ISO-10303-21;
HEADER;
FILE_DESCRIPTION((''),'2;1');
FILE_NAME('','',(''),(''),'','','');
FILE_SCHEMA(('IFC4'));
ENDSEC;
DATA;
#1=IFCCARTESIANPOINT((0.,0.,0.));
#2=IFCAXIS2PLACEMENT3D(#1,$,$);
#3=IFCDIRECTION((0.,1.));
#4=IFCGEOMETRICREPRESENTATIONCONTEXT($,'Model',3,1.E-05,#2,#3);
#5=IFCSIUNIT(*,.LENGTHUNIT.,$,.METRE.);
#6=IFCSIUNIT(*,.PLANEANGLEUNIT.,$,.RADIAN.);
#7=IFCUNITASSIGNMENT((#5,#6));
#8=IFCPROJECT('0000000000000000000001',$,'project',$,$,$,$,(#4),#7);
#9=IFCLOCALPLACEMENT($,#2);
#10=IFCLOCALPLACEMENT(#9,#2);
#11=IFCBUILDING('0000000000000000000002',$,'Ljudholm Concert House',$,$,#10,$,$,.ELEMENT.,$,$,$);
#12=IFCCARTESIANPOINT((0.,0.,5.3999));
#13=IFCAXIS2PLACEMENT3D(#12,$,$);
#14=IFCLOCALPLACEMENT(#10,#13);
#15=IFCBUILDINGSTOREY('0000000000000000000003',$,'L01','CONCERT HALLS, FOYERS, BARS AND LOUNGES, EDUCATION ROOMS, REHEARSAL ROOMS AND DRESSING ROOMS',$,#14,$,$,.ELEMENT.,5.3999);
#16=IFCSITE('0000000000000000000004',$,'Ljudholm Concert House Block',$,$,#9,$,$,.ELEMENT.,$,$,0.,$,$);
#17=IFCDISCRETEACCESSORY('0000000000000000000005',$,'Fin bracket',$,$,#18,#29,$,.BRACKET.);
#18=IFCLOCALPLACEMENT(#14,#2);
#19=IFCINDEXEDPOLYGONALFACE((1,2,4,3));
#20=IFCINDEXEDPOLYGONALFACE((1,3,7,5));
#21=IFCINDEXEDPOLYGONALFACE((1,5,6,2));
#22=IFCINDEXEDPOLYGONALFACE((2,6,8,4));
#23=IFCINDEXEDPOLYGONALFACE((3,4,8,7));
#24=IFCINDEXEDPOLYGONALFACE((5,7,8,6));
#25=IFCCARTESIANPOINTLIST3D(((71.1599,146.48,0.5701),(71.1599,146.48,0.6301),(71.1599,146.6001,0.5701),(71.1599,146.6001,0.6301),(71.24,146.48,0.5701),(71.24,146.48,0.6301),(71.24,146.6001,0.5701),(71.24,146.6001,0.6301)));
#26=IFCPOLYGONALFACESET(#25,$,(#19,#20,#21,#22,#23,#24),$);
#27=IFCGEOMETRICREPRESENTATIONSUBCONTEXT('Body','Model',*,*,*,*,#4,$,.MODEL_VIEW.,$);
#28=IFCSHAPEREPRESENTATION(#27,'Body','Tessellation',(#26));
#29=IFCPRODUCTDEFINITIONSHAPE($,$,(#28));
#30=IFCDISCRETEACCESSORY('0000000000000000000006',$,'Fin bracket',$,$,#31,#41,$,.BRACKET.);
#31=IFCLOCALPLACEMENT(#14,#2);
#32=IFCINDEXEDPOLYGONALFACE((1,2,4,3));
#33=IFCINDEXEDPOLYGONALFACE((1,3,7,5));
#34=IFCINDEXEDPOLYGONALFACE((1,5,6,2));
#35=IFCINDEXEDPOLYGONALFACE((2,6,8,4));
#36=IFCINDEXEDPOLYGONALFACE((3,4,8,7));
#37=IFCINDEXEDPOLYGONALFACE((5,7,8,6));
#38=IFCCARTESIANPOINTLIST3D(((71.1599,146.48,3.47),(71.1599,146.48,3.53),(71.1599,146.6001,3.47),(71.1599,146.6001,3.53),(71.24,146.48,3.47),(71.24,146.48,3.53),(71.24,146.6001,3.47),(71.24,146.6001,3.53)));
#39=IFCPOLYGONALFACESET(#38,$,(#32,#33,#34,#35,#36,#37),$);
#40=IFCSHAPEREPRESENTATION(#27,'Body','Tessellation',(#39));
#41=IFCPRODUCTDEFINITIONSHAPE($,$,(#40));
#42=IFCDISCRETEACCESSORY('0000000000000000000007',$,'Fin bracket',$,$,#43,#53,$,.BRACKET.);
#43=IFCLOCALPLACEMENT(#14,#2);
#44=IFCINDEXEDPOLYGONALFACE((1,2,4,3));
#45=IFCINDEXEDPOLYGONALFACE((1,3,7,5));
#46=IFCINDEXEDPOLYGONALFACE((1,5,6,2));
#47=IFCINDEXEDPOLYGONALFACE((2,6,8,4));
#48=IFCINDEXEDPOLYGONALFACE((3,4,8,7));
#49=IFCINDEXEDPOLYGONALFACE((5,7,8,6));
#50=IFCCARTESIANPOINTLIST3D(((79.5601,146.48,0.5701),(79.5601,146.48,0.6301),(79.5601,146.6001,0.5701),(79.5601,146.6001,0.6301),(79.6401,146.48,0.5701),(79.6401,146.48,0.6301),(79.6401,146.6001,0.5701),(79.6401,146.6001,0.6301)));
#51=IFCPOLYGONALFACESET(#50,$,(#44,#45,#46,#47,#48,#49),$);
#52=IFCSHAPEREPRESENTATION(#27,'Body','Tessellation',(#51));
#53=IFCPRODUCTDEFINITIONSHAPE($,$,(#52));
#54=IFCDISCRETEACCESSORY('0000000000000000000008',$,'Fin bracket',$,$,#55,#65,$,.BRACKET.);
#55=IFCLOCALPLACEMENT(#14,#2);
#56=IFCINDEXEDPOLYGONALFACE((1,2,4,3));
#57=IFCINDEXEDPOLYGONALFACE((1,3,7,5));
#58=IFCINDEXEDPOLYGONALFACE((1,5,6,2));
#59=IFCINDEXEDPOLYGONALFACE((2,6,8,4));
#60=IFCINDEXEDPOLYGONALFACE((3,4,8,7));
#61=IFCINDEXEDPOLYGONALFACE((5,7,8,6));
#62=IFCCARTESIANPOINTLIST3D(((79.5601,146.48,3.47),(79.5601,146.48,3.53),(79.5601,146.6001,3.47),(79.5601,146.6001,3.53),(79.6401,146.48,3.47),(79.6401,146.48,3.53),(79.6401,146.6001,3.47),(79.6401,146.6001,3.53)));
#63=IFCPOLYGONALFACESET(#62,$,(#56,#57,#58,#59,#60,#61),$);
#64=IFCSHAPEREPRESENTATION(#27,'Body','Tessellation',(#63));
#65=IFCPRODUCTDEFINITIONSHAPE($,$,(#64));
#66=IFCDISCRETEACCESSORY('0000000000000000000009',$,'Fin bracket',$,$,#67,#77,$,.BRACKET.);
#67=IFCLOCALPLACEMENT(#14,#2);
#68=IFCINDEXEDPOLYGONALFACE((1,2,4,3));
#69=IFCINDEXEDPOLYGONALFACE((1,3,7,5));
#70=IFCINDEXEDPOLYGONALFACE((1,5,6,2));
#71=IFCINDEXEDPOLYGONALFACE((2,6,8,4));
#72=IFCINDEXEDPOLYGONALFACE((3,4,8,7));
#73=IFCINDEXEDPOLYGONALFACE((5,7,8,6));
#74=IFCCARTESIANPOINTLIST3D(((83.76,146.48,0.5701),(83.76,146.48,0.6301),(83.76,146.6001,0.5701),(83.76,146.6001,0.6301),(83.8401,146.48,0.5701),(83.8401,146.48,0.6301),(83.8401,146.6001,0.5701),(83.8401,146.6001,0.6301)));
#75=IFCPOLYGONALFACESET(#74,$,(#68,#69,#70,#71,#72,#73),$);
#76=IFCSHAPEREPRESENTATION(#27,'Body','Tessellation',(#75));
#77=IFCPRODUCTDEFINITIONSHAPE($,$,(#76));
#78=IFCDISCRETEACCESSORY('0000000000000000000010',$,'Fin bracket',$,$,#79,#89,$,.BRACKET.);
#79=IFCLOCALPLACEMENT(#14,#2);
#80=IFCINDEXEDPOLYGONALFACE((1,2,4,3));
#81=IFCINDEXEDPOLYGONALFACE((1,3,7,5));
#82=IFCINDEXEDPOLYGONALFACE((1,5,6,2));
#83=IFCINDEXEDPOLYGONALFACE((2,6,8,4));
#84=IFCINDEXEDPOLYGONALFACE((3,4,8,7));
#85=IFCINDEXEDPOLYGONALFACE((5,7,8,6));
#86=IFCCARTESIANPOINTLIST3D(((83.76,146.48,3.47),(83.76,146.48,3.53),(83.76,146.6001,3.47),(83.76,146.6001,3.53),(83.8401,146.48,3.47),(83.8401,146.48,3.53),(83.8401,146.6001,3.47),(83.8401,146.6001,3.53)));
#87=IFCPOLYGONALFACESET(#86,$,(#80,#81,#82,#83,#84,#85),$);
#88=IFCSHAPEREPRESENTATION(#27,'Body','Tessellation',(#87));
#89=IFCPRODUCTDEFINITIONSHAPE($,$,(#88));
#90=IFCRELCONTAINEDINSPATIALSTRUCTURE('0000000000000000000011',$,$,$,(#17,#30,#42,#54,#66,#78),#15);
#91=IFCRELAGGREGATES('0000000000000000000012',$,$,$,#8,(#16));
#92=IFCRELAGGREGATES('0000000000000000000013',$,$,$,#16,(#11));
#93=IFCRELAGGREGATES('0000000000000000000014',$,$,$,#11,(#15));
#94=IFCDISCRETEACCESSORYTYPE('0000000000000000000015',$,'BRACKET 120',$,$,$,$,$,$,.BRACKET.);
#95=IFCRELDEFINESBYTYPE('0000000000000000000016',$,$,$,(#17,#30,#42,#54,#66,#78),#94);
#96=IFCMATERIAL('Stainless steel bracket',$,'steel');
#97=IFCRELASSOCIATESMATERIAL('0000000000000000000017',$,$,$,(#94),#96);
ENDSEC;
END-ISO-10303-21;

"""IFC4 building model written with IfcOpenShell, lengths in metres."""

from ifc_helpers import new_model, si_unit, direction, frame, origin, origin_2d, place, context, subcontext, project, spatial, rectangle, extrude, material, type_object, element, save


model = new_model("IFC4")

# Units and contexts
model_context = context("Model", 3, precision=1e-05, world=origin(), true_north=direction((0.0, 1.0)))
body_context = subcontext(model_context, "Body", "Model", "MODEL_VIEW")
ifc_project = project(units=[si_unit("LENGTHUNIT", "METRE"), si_unit("PLANEANGLEUNIT", "RADIAN")], contexts=[model_context])

# Site, building, storey
site_placement = place(None, origin())
site = spatial("IfcSite", under=ifc_project, at=site_placement, Name="Ljudholm Concert House Block", CompositionType="ELEMENT", RefElevation=0.0)
building_placement = place(site_placement, origin())
building = spatial("IfcBuilding", under=site, at=building_placement, Name="Ljudholm Concert House", CompositionType="ELEMENT")
storey_placement = place(building_placement, frame((0.0, 0.0, 5.3999)))
storey = spatial("IfcBuildingStorey", under=building, at=storey_placement, Name="L01", Description="CONCERT HALLS, FOYERS, BARS AND LOUNGES, EDUCATION ROOMS, REHEARSAL ROOMS AND DRESSING ROOMS", CompositionType="ELEMENT", Elevation=5.3999)

# Discrete accessories
ifc_material_1 = material(Name="Stainless steel bracket", Category="steel")
discrete_accessory_type = type_object("IfcDiscreteAccessoryType", Name="BRACKET 120", PredefinedType="BRACKET", material=ifc_material_1)
for number, where, z_axis, x_axis, name in (
    (1, (71.2, 146.54, 0.5701), (0.0, 0.0, 1.0), (0.0, -1.0, 0.0), "Fin bracket"),
    (2, (71.2, 146.54, 3.47), (0.0, 0.0, 1.0), (0.0, -1.0, 0.0), "Fin bracket"),
    (3, (79.6001, 146.54, 0.5701), (0.0, 0.0, 1.0), (0.0, -1.0, 0.0), "Fin bracket"),
    (4, (79.6001, 146.54, 3.47), (0.0, 0.0, 1.0), (0.0, -1.0, 0.0), "Fin bracket"),
    (5, (83.8, 146.54, 0.5701), (0.0, 0.0, 1.0), (0.0, -1.0, 0.0), "Fin bracket"),
    (6, (83.8, 146.54, 3.47), (0.0, 0.0, 1.0), (0.0, -1.0, 0.0), "Fin bracket"),
):
    element("IfcDiscreteAccessory", number, at=place(storey_placement, frame(where, z_axis=z_axis, x_axis=x_axis)), inside=storey, type_object=discrete_accessory_type, Name=name, PredefinedType="BRACKET", context=body_context, shape_type="SweptSolid", body=[
        extrude(rectangle(XDim=0.1201, YDim=0.0801, at=origin_2d()), origin(), (0.0, 0.0, 1.0), 0.0601),
    ])

save(model, "model.ifc")
